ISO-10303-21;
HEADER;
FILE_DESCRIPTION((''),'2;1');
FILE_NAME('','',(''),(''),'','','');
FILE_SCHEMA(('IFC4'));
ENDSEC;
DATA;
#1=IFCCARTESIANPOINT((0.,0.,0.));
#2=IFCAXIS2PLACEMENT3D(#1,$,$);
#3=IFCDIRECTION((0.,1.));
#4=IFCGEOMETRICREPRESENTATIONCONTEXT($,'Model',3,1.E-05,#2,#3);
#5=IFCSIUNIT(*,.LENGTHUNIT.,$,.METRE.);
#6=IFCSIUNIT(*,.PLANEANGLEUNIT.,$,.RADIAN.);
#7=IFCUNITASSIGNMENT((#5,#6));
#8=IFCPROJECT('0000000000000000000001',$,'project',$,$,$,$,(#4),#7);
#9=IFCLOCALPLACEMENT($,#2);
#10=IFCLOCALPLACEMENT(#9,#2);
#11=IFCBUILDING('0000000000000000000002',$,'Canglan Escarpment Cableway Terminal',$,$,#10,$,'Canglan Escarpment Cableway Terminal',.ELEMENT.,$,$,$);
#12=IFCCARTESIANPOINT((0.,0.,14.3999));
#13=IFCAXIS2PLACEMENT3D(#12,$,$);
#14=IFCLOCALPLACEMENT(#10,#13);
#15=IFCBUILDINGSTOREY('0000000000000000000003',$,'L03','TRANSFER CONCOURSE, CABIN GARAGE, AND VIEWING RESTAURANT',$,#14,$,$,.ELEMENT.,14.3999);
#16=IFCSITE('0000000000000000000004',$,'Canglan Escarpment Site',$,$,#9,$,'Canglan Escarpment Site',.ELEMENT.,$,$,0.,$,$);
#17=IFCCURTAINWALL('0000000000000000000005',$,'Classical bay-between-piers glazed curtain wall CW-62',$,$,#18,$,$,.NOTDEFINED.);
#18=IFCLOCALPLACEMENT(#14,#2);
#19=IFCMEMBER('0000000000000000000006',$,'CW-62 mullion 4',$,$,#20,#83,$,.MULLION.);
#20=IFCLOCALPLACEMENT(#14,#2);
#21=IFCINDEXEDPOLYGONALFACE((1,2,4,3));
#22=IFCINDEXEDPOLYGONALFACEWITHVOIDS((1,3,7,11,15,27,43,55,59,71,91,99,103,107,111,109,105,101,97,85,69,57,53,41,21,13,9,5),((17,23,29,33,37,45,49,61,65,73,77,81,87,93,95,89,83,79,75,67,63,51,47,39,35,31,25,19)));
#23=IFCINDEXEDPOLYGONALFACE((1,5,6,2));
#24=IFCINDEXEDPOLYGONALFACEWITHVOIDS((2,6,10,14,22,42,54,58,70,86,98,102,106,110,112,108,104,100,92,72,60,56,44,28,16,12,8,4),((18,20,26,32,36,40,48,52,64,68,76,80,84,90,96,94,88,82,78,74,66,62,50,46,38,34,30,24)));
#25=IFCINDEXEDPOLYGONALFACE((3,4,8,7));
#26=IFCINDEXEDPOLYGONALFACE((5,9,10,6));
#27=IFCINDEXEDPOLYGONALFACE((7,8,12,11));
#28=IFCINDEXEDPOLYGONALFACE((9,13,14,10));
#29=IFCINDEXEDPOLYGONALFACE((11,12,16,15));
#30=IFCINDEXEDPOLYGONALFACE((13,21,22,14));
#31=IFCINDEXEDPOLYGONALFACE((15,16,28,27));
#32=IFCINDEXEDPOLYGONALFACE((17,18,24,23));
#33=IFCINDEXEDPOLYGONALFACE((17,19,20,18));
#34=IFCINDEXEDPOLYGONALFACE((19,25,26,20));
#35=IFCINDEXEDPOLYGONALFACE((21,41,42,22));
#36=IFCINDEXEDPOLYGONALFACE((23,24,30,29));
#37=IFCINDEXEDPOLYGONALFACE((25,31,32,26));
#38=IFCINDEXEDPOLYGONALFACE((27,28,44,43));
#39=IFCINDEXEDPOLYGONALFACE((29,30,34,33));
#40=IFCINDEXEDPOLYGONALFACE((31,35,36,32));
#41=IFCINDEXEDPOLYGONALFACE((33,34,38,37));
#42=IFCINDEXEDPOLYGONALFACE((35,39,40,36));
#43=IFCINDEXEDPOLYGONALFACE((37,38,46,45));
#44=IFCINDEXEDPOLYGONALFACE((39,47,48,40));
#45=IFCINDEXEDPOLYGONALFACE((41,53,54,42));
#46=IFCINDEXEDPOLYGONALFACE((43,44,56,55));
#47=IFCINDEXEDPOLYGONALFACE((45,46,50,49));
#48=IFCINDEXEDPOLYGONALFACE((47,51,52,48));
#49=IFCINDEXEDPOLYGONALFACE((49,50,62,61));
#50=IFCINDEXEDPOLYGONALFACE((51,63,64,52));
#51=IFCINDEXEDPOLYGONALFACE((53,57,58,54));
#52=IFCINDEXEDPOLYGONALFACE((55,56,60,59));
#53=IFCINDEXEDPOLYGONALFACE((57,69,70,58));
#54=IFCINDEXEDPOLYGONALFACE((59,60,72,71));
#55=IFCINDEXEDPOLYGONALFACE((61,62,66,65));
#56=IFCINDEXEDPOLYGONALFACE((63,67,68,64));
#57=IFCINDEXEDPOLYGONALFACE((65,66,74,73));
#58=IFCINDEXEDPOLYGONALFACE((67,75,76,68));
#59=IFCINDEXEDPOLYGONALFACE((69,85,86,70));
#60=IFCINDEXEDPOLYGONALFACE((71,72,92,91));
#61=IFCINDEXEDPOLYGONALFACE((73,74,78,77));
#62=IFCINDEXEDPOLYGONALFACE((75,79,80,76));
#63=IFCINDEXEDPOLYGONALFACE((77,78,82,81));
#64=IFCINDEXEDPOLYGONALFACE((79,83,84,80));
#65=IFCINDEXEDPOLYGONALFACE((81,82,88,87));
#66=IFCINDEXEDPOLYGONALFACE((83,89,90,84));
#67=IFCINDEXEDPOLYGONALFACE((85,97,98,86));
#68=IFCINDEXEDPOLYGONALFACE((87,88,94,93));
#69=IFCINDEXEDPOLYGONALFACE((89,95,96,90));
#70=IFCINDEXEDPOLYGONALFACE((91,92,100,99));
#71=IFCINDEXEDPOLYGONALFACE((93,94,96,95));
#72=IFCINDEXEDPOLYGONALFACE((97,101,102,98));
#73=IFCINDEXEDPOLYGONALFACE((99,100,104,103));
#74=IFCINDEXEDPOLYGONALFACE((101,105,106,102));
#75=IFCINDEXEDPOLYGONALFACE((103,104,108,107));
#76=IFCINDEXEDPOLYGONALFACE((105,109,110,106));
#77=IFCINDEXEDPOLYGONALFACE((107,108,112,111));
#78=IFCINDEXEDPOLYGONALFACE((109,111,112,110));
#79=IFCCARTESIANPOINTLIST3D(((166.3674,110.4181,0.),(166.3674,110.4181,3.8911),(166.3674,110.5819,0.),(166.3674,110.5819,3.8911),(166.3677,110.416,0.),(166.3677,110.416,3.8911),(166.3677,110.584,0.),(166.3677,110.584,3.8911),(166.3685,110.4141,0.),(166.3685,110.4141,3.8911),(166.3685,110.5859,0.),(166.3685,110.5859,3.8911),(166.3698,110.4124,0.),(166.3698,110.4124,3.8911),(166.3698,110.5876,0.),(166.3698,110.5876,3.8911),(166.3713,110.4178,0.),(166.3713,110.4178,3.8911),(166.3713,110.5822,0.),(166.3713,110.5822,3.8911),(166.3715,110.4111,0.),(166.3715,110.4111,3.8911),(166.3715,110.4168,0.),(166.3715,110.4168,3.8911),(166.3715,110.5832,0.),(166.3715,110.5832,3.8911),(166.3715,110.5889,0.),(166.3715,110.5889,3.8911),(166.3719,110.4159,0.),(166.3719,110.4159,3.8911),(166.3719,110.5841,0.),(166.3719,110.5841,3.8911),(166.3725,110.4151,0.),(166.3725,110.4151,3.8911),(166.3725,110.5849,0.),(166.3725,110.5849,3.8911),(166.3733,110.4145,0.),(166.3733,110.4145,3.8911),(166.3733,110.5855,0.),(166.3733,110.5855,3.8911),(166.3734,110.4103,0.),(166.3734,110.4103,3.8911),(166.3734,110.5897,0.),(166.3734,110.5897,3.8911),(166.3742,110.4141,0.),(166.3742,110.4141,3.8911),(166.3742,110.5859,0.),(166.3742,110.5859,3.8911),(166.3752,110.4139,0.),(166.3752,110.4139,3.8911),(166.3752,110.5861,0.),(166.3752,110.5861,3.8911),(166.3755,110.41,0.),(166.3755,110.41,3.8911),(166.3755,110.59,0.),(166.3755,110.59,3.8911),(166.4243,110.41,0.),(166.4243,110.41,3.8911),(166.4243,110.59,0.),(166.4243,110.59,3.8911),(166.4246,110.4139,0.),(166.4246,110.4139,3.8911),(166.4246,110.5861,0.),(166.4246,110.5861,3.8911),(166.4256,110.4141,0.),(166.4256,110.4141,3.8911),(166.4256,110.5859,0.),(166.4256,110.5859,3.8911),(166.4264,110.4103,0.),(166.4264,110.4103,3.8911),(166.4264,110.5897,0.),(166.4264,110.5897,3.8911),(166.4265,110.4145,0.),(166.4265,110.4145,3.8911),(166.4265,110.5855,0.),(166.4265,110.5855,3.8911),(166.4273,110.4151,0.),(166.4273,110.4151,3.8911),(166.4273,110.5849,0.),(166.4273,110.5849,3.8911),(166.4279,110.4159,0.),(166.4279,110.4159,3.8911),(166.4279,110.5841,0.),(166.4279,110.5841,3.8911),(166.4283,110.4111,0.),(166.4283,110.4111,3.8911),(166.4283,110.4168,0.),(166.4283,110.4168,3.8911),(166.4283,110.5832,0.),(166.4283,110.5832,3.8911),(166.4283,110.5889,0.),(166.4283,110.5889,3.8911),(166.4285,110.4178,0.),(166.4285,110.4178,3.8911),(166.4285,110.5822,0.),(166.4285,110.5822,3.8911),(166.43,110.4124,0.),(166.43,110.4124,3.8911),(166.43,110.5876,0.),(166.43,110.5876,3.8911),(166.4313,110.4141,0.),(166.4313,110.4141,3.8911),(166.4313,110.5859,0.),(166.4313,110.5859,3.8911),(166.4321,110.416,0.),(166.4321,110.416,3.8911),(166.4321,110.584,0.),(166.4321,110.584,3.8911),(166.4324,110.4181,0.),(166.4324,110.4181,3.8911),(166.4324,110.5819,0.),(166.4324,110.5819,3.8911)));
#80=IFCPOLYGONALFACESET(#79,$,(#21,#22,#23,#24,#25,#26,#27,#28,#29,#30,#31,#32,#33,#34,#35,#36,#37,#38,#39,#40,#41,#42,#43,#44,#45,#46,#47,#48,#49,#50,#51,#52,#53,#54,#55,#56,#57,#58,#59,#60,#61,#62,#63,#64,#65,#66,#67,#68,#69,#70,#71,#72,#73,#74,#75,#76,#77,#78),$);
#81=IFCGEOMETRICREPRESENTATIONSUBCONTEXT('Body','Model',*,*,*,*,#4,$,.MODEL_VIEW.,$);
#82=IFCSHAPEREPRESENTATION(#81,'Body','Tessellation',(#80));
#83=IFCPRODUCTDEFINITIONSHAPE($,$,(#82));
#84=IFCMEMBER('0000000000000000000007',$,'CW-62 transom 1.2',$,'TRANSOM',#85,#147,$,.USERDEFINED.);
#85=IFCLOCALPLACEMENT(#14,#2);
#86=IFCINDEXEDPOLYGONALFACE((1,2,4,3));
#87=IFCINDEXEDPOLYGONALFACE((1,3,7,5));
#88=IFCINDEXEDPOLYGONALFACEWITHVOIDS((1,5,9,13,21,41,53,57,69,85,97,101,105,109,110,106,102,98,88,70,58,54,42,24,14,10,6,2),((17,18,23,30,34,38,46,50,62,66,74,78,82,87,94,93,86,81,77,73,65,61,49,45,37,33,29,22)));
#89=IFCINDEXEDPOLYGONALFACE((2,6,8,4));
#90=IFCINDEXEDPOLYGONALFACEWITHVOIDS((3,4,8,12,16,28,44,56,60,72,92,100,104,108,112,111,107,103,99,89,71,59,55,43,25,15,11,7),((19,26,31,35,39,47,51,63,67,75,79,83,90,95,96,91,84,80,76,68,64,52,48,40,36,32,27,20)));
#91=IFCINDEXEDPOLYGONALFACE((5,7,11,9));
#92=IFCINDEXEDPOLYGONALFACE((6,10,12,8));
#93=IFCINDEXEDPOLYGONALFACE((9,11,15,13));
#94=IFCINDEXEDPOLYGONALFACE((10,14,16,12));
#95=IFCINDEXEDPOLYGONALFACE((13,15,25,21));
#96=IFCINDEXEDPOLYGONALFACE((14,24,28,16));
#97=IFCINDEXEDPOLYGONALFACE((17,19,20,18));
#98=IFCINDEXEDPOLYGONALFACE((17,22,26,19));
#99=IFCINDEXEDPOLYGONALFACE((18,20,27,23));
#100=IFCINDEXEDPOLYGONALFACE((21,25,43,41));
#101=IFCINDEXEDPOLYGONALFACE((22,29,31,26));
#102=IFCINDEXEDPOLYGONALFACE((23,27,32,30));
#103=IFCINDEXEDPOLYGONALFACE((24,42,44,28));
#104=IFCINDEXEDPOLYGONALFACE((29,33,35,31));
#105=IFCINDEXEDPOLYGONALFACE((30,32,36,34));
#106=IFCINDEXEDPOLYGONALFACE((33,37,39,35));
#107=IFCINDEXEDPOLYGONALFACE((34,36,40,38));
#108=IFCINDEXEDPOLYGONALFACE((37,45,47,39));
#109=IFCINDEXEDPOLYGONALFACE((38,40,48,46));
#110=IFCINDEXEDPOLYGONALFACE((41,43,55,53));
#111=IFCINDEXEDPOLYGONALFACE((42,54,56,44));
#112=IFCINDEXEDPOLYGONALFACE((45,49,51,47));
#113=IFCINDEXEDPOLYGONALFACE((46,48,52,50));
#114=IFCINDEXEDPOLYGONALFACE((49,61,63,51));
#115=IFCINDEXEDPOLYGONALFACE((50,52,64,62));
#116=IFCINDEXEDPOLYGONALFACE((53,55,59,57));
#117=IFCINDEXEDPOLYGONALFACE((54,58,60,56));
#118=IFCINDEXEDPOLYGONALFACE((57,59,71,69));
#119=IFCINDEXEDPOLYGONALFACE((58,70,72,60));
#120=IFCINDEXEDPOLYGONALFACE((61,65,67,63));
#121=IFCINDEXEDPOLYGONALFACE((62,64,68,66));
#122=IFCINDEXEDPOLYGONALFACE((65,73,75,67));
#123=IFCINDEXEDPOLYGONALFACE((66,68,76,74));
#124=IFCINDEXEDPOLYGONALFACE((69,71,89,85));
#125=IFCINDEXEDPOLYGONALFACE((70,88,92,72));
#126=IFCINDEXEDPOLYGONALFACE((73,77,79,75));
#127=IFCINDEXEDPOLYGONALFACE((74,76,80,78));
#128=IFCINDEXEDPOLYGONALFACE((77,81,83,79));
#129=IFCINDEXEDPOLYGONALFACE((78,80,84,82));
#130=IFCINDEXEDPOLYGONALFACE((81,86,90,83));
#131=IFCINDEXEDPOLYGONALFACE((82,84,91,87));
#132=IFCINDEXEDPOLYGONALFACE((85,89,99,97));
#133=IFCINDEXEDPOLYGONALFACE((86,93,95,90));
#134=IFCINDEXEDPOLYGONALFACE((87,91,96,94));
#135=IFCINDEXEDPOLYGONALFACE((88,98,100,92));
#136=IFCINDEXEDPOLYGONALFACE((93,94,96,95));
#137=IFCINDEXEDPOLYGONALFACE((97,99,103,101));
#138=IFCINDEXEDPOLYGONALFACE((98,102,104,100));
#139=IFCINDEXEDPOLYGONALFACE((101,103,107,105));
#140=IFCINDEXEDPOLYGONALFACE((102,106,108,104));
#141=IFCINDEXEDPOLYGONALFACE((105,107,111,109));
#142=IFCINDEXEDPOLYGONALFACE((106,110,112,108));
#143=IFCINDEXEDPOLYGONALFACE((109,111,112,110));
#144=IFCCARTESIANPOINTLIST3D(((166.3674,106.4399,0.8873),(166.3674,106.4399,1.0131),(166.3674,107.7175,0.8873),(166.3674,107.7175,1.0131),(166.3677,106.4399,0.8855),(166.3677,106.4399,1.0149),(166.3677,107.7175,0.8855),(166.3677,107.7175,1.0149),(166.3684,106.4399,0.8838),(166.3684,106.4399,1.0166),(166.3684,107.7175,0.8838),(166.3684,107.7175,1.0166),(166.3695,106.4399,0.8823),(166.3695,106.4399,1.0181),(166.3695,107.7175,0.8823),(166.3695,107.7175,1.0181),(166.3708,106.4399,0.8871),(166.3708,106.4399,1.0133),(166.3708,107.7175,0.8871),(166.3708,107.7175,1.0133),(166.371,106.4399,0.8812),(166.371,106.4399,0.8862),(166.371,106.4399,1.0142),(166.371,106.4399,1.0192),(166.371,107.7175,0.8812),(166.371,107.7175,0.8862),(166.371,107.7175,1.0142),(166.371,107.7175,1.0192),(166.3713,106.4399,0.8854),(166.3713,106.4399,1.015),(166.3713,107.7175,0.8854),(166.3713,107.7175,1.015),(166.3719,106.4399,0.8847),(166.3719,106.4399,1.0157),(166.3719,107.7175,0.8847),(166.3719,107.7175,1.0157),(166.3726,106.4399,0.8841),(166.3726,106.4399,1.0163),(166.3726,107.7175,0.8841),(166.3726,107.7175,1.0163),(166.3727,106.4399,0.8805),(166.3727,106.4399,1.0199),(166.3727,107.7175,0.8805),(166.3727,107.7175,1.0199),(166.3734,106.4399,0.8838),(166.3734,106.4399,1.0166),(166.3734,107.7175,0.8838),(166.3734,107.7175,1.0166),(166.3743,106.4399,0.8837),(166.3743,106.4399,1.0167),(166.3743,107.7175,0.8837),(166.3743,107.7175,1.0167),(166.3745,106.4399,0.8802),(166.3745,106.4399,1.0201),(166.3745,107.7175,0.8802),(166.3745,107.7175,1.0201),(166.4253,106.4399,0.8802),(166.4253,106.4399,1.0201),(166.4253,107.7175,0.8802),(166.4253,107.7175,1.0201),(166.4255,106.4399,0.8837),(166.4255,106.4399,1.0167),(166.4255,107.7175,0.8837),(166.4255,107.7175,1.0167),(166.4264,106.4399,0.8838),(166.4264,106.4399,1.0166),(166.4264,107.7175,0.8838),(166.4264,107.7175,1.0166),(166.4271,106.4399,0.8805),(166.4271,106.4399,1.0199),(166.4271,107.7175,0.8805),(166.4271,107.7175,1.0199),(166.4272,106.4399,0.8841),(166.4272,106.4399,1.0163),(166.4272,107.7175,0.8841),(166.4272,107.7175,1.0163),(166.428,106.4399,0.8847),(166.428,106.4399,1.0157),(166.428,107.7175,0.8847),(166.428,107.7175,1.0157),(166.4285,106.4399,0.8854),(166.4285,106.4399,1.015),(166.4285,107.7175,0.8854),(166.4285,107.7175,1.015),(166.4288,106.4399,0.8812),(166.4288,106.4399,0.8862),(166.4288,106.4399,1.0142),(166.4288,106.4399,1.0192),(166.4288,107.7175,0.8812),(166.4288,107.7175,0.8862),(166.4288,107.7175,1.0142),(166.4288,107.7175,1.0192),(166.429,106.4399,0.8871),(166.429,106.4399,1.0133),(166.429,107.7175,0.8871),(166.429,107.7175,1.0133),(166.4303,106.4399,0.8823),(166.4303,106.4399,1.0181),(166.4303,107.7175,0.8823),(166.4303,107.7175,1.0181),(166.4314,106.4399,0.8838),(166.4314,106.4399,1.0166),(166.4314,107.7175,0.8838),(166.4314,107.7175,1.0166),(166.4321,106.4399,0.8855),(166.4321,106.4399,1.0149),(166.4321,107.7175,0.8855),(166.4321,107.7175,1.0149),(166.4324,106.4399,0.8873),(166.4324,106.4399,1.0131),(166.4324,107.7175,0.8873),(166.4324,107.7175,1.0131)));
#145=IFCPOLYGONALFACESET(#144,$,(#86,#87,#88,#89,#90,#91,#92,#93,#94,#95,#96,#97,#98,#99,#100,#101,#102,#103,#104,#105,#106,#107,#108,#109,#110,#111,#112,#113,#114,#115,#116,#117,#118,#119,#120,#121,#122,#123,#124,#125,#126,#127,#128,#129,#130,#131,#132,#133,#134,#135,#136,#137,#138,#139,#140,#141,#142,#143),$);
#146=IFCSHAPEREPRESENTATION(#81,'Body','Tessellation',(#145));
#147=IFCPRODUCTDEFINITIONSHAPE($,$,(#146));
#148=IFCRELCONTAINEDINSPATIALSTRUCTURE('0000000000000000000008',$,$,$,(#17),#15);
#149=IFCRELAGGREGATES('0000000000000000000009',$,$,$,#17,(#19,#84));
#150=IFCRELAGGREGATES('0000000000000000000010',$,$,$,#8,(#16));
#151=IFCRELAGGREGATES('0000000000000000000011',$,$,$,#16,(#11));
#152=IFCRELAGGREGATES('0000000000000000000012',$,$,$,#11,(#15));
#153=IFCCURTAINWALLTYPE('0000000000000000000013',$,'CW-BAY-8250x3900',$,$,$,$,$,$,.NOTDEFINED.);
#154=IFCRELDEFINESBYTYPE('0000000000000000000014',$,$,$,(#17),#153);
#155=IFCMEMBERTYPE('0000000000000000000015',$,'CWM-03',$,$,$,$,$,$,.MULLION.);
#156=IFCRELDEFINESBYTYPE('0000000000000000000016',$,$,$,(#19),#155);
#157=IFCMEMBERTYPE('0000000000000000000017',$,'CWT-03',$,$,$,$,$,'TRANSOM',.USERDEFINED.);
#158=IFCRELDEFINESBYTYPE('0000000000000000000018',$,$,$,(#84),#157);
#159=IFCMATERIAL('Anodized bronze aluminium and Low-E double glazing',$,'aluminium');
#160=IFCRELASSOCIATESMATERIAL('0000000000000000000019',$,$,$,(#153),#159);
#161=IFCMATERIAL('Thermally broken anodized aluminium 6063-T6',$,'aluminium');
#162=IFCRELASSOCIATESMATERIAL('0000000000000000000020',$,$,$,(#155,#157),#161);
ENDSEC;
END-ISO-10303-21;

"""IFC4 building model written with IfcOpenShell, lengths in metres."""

from ifc_helpers import new_model, si_unit, direction, frame, origin, origin_2d, place, context, subcontext, project, spatial, hollow_rectangle, extrude, material, material_profile, profile_set, type_object, element, aggregate, save


model = new_model("IFC4")

# Units and contexts
model_context = context("Model", 3, precision=1e-05, world=origin(), true_north=direction((0.0, 1.0)))
body_context = subcontext(model_context, "Body", "Model", "MODEL_VIEW")
ifc_project = project(units=[si_unit("LENGTHUNIT", "METRE"), si_unit("PLANEANGLEUNIT", "RADIAN")], contexts=[model_context])

# Site, building, storey
site_placement = place(None, origin())
site = spatial("IfcSite", under=ifc_project, at=site_placement, Name="Canglan Escarpment Site", LongName="Canglan Escarpment Site", CompositionType="ELEMENT", RefElevation=0.0)
building_placement = place(site_placement, origin())
building = spatial("IfcBuilding", under=site, at=building_placement, Name="Canglan Escarpment Cableway Terminal", LongName="Canglan Escarpment Cableway Terminal", CompositionType="ELEMENT")
storey_placement = place(building_placement, frame((0.0, 0.0, 14.3999)))
storey = spatial("IfcBuildingStorey", under=building, at=storey_placement, Name="L03", Description="TRANSFER CONCOURSE, CABIN GARAGE, AND VIEWING RESTAURANT", CompositionType="ELEMENT", Elevation=14.3999)

# Curtain wall, members
ifc_material_1 = material(Name="Anodized bronze aluminium and Low-E double glazing", Category="aluminium")
curtain_wall_type = type_object("IfcCurtainWallType", Name="CW-BAY-8250x3900", PredefinedType="NOTDEFINED", material=ifc_material_1)
curtain_wall_placement = place(storey_placement, origin())
curtain_wall = element("IfcCurtainWall", 1, at=curtain_wall_placement, inside=storey, type_object=curtain_wall_type, Name="Classical bay-between-piers glazed curtain wall CW-62", PredefinedType="NOTDEFINED")
ifc_material_2 = material(Name="Thermally broken anodized aluminium 6063-T6", Category="aluminium")
ifc_material_profile_1 = material_profile(ifc_material_2, hollow_rectangle(XDim=0.0649, YDim=0.1799, WallThickness=0.0039, InnerFilletRadius=0.0039, OuterFilletRadius=0.0081, at=origin_2d()), Name="ALU-MULL 65x180x4")
ifc_profile_set_1 = profile_set([ifc_material_profile_1], Name="Thermally broken anodized aluminium 6063-T6")
member_type_1 = type_object("IfcMemberType", Name="CWM-03", PredefinedType="MULLION", material=ifc_profile_set_1)
member_1_placement = place(storey_placement, frame((166.3999, 110.5, 0.0), z_axis=(0.0, 0.0, 1.0), x_axis=(-1.0, 0.0, 0.0)))
member_1 = element("IfcMember", 2, at=member_1_placement, type_object=member_type_1, Name="CW-62 mullion 4", PredefinedType="MULLION", context=body_context, shape_type="SweptSolid", body=[
    extrude(hollow_rectangle(XDim=0.0649, YDim=0.1799, WallThickness=0.0039, InnerFilletRadius=0.0039, OuterFilletRadius=0.0081, at=origin_2d()), origin(), (0.0, 0.0, 1.0), 3.8911),
])
ifc_material_profile_2 = material_profile(ifc_material_2, hollow_rectangle(XDim=0.0649, YDim=0.1399, WallThickness=0.0034, InnerFilletRadius=0.0034, OuterFilletRadius=0.0071, at=origin_2d()), Name="ALU-TRAN 65x140x3.5")
ifc_profile_set_2 = profile_set([ifc_material_profile_2], Name="Thermally broken anodized aluminium 6063-T6")
member_type_2 = type_object("IfcMemberType", Name="CWT-03", ElementType="TRANSOM", PredefinedType="USERDEFINED", material=ifc_profile_set_2)
member_2_placement = place(storey_placement, frame((166.3999, 106.4399, 0.9502), z_axis=(0.0, 1.0, 0.0), x_axis=(-1.0, 0.0, 0.0)))
member_2 = element("IfcMember", 3, at=member_2_placement, type_object=member_type_2, Name="CW-62 transom 1.2", ObjectType="TRANSOM", PredefinedType="USERDEFINED", context=body_context, shape_type="SweptSolid", body=[
    extrude(hollow_rectangle(XDim=0.0649, YDim=0.1399, WallThickness=0.0034, InnerFilletRadius=0.0034, OuterFilletRadius=0.0071, at=origin_2d()), origin(), (0.0, 0.0, 1.0), 1.2776),
])
aggregate(curtain_wall, [member_1, member_2])

save(model, "model.ifc")
